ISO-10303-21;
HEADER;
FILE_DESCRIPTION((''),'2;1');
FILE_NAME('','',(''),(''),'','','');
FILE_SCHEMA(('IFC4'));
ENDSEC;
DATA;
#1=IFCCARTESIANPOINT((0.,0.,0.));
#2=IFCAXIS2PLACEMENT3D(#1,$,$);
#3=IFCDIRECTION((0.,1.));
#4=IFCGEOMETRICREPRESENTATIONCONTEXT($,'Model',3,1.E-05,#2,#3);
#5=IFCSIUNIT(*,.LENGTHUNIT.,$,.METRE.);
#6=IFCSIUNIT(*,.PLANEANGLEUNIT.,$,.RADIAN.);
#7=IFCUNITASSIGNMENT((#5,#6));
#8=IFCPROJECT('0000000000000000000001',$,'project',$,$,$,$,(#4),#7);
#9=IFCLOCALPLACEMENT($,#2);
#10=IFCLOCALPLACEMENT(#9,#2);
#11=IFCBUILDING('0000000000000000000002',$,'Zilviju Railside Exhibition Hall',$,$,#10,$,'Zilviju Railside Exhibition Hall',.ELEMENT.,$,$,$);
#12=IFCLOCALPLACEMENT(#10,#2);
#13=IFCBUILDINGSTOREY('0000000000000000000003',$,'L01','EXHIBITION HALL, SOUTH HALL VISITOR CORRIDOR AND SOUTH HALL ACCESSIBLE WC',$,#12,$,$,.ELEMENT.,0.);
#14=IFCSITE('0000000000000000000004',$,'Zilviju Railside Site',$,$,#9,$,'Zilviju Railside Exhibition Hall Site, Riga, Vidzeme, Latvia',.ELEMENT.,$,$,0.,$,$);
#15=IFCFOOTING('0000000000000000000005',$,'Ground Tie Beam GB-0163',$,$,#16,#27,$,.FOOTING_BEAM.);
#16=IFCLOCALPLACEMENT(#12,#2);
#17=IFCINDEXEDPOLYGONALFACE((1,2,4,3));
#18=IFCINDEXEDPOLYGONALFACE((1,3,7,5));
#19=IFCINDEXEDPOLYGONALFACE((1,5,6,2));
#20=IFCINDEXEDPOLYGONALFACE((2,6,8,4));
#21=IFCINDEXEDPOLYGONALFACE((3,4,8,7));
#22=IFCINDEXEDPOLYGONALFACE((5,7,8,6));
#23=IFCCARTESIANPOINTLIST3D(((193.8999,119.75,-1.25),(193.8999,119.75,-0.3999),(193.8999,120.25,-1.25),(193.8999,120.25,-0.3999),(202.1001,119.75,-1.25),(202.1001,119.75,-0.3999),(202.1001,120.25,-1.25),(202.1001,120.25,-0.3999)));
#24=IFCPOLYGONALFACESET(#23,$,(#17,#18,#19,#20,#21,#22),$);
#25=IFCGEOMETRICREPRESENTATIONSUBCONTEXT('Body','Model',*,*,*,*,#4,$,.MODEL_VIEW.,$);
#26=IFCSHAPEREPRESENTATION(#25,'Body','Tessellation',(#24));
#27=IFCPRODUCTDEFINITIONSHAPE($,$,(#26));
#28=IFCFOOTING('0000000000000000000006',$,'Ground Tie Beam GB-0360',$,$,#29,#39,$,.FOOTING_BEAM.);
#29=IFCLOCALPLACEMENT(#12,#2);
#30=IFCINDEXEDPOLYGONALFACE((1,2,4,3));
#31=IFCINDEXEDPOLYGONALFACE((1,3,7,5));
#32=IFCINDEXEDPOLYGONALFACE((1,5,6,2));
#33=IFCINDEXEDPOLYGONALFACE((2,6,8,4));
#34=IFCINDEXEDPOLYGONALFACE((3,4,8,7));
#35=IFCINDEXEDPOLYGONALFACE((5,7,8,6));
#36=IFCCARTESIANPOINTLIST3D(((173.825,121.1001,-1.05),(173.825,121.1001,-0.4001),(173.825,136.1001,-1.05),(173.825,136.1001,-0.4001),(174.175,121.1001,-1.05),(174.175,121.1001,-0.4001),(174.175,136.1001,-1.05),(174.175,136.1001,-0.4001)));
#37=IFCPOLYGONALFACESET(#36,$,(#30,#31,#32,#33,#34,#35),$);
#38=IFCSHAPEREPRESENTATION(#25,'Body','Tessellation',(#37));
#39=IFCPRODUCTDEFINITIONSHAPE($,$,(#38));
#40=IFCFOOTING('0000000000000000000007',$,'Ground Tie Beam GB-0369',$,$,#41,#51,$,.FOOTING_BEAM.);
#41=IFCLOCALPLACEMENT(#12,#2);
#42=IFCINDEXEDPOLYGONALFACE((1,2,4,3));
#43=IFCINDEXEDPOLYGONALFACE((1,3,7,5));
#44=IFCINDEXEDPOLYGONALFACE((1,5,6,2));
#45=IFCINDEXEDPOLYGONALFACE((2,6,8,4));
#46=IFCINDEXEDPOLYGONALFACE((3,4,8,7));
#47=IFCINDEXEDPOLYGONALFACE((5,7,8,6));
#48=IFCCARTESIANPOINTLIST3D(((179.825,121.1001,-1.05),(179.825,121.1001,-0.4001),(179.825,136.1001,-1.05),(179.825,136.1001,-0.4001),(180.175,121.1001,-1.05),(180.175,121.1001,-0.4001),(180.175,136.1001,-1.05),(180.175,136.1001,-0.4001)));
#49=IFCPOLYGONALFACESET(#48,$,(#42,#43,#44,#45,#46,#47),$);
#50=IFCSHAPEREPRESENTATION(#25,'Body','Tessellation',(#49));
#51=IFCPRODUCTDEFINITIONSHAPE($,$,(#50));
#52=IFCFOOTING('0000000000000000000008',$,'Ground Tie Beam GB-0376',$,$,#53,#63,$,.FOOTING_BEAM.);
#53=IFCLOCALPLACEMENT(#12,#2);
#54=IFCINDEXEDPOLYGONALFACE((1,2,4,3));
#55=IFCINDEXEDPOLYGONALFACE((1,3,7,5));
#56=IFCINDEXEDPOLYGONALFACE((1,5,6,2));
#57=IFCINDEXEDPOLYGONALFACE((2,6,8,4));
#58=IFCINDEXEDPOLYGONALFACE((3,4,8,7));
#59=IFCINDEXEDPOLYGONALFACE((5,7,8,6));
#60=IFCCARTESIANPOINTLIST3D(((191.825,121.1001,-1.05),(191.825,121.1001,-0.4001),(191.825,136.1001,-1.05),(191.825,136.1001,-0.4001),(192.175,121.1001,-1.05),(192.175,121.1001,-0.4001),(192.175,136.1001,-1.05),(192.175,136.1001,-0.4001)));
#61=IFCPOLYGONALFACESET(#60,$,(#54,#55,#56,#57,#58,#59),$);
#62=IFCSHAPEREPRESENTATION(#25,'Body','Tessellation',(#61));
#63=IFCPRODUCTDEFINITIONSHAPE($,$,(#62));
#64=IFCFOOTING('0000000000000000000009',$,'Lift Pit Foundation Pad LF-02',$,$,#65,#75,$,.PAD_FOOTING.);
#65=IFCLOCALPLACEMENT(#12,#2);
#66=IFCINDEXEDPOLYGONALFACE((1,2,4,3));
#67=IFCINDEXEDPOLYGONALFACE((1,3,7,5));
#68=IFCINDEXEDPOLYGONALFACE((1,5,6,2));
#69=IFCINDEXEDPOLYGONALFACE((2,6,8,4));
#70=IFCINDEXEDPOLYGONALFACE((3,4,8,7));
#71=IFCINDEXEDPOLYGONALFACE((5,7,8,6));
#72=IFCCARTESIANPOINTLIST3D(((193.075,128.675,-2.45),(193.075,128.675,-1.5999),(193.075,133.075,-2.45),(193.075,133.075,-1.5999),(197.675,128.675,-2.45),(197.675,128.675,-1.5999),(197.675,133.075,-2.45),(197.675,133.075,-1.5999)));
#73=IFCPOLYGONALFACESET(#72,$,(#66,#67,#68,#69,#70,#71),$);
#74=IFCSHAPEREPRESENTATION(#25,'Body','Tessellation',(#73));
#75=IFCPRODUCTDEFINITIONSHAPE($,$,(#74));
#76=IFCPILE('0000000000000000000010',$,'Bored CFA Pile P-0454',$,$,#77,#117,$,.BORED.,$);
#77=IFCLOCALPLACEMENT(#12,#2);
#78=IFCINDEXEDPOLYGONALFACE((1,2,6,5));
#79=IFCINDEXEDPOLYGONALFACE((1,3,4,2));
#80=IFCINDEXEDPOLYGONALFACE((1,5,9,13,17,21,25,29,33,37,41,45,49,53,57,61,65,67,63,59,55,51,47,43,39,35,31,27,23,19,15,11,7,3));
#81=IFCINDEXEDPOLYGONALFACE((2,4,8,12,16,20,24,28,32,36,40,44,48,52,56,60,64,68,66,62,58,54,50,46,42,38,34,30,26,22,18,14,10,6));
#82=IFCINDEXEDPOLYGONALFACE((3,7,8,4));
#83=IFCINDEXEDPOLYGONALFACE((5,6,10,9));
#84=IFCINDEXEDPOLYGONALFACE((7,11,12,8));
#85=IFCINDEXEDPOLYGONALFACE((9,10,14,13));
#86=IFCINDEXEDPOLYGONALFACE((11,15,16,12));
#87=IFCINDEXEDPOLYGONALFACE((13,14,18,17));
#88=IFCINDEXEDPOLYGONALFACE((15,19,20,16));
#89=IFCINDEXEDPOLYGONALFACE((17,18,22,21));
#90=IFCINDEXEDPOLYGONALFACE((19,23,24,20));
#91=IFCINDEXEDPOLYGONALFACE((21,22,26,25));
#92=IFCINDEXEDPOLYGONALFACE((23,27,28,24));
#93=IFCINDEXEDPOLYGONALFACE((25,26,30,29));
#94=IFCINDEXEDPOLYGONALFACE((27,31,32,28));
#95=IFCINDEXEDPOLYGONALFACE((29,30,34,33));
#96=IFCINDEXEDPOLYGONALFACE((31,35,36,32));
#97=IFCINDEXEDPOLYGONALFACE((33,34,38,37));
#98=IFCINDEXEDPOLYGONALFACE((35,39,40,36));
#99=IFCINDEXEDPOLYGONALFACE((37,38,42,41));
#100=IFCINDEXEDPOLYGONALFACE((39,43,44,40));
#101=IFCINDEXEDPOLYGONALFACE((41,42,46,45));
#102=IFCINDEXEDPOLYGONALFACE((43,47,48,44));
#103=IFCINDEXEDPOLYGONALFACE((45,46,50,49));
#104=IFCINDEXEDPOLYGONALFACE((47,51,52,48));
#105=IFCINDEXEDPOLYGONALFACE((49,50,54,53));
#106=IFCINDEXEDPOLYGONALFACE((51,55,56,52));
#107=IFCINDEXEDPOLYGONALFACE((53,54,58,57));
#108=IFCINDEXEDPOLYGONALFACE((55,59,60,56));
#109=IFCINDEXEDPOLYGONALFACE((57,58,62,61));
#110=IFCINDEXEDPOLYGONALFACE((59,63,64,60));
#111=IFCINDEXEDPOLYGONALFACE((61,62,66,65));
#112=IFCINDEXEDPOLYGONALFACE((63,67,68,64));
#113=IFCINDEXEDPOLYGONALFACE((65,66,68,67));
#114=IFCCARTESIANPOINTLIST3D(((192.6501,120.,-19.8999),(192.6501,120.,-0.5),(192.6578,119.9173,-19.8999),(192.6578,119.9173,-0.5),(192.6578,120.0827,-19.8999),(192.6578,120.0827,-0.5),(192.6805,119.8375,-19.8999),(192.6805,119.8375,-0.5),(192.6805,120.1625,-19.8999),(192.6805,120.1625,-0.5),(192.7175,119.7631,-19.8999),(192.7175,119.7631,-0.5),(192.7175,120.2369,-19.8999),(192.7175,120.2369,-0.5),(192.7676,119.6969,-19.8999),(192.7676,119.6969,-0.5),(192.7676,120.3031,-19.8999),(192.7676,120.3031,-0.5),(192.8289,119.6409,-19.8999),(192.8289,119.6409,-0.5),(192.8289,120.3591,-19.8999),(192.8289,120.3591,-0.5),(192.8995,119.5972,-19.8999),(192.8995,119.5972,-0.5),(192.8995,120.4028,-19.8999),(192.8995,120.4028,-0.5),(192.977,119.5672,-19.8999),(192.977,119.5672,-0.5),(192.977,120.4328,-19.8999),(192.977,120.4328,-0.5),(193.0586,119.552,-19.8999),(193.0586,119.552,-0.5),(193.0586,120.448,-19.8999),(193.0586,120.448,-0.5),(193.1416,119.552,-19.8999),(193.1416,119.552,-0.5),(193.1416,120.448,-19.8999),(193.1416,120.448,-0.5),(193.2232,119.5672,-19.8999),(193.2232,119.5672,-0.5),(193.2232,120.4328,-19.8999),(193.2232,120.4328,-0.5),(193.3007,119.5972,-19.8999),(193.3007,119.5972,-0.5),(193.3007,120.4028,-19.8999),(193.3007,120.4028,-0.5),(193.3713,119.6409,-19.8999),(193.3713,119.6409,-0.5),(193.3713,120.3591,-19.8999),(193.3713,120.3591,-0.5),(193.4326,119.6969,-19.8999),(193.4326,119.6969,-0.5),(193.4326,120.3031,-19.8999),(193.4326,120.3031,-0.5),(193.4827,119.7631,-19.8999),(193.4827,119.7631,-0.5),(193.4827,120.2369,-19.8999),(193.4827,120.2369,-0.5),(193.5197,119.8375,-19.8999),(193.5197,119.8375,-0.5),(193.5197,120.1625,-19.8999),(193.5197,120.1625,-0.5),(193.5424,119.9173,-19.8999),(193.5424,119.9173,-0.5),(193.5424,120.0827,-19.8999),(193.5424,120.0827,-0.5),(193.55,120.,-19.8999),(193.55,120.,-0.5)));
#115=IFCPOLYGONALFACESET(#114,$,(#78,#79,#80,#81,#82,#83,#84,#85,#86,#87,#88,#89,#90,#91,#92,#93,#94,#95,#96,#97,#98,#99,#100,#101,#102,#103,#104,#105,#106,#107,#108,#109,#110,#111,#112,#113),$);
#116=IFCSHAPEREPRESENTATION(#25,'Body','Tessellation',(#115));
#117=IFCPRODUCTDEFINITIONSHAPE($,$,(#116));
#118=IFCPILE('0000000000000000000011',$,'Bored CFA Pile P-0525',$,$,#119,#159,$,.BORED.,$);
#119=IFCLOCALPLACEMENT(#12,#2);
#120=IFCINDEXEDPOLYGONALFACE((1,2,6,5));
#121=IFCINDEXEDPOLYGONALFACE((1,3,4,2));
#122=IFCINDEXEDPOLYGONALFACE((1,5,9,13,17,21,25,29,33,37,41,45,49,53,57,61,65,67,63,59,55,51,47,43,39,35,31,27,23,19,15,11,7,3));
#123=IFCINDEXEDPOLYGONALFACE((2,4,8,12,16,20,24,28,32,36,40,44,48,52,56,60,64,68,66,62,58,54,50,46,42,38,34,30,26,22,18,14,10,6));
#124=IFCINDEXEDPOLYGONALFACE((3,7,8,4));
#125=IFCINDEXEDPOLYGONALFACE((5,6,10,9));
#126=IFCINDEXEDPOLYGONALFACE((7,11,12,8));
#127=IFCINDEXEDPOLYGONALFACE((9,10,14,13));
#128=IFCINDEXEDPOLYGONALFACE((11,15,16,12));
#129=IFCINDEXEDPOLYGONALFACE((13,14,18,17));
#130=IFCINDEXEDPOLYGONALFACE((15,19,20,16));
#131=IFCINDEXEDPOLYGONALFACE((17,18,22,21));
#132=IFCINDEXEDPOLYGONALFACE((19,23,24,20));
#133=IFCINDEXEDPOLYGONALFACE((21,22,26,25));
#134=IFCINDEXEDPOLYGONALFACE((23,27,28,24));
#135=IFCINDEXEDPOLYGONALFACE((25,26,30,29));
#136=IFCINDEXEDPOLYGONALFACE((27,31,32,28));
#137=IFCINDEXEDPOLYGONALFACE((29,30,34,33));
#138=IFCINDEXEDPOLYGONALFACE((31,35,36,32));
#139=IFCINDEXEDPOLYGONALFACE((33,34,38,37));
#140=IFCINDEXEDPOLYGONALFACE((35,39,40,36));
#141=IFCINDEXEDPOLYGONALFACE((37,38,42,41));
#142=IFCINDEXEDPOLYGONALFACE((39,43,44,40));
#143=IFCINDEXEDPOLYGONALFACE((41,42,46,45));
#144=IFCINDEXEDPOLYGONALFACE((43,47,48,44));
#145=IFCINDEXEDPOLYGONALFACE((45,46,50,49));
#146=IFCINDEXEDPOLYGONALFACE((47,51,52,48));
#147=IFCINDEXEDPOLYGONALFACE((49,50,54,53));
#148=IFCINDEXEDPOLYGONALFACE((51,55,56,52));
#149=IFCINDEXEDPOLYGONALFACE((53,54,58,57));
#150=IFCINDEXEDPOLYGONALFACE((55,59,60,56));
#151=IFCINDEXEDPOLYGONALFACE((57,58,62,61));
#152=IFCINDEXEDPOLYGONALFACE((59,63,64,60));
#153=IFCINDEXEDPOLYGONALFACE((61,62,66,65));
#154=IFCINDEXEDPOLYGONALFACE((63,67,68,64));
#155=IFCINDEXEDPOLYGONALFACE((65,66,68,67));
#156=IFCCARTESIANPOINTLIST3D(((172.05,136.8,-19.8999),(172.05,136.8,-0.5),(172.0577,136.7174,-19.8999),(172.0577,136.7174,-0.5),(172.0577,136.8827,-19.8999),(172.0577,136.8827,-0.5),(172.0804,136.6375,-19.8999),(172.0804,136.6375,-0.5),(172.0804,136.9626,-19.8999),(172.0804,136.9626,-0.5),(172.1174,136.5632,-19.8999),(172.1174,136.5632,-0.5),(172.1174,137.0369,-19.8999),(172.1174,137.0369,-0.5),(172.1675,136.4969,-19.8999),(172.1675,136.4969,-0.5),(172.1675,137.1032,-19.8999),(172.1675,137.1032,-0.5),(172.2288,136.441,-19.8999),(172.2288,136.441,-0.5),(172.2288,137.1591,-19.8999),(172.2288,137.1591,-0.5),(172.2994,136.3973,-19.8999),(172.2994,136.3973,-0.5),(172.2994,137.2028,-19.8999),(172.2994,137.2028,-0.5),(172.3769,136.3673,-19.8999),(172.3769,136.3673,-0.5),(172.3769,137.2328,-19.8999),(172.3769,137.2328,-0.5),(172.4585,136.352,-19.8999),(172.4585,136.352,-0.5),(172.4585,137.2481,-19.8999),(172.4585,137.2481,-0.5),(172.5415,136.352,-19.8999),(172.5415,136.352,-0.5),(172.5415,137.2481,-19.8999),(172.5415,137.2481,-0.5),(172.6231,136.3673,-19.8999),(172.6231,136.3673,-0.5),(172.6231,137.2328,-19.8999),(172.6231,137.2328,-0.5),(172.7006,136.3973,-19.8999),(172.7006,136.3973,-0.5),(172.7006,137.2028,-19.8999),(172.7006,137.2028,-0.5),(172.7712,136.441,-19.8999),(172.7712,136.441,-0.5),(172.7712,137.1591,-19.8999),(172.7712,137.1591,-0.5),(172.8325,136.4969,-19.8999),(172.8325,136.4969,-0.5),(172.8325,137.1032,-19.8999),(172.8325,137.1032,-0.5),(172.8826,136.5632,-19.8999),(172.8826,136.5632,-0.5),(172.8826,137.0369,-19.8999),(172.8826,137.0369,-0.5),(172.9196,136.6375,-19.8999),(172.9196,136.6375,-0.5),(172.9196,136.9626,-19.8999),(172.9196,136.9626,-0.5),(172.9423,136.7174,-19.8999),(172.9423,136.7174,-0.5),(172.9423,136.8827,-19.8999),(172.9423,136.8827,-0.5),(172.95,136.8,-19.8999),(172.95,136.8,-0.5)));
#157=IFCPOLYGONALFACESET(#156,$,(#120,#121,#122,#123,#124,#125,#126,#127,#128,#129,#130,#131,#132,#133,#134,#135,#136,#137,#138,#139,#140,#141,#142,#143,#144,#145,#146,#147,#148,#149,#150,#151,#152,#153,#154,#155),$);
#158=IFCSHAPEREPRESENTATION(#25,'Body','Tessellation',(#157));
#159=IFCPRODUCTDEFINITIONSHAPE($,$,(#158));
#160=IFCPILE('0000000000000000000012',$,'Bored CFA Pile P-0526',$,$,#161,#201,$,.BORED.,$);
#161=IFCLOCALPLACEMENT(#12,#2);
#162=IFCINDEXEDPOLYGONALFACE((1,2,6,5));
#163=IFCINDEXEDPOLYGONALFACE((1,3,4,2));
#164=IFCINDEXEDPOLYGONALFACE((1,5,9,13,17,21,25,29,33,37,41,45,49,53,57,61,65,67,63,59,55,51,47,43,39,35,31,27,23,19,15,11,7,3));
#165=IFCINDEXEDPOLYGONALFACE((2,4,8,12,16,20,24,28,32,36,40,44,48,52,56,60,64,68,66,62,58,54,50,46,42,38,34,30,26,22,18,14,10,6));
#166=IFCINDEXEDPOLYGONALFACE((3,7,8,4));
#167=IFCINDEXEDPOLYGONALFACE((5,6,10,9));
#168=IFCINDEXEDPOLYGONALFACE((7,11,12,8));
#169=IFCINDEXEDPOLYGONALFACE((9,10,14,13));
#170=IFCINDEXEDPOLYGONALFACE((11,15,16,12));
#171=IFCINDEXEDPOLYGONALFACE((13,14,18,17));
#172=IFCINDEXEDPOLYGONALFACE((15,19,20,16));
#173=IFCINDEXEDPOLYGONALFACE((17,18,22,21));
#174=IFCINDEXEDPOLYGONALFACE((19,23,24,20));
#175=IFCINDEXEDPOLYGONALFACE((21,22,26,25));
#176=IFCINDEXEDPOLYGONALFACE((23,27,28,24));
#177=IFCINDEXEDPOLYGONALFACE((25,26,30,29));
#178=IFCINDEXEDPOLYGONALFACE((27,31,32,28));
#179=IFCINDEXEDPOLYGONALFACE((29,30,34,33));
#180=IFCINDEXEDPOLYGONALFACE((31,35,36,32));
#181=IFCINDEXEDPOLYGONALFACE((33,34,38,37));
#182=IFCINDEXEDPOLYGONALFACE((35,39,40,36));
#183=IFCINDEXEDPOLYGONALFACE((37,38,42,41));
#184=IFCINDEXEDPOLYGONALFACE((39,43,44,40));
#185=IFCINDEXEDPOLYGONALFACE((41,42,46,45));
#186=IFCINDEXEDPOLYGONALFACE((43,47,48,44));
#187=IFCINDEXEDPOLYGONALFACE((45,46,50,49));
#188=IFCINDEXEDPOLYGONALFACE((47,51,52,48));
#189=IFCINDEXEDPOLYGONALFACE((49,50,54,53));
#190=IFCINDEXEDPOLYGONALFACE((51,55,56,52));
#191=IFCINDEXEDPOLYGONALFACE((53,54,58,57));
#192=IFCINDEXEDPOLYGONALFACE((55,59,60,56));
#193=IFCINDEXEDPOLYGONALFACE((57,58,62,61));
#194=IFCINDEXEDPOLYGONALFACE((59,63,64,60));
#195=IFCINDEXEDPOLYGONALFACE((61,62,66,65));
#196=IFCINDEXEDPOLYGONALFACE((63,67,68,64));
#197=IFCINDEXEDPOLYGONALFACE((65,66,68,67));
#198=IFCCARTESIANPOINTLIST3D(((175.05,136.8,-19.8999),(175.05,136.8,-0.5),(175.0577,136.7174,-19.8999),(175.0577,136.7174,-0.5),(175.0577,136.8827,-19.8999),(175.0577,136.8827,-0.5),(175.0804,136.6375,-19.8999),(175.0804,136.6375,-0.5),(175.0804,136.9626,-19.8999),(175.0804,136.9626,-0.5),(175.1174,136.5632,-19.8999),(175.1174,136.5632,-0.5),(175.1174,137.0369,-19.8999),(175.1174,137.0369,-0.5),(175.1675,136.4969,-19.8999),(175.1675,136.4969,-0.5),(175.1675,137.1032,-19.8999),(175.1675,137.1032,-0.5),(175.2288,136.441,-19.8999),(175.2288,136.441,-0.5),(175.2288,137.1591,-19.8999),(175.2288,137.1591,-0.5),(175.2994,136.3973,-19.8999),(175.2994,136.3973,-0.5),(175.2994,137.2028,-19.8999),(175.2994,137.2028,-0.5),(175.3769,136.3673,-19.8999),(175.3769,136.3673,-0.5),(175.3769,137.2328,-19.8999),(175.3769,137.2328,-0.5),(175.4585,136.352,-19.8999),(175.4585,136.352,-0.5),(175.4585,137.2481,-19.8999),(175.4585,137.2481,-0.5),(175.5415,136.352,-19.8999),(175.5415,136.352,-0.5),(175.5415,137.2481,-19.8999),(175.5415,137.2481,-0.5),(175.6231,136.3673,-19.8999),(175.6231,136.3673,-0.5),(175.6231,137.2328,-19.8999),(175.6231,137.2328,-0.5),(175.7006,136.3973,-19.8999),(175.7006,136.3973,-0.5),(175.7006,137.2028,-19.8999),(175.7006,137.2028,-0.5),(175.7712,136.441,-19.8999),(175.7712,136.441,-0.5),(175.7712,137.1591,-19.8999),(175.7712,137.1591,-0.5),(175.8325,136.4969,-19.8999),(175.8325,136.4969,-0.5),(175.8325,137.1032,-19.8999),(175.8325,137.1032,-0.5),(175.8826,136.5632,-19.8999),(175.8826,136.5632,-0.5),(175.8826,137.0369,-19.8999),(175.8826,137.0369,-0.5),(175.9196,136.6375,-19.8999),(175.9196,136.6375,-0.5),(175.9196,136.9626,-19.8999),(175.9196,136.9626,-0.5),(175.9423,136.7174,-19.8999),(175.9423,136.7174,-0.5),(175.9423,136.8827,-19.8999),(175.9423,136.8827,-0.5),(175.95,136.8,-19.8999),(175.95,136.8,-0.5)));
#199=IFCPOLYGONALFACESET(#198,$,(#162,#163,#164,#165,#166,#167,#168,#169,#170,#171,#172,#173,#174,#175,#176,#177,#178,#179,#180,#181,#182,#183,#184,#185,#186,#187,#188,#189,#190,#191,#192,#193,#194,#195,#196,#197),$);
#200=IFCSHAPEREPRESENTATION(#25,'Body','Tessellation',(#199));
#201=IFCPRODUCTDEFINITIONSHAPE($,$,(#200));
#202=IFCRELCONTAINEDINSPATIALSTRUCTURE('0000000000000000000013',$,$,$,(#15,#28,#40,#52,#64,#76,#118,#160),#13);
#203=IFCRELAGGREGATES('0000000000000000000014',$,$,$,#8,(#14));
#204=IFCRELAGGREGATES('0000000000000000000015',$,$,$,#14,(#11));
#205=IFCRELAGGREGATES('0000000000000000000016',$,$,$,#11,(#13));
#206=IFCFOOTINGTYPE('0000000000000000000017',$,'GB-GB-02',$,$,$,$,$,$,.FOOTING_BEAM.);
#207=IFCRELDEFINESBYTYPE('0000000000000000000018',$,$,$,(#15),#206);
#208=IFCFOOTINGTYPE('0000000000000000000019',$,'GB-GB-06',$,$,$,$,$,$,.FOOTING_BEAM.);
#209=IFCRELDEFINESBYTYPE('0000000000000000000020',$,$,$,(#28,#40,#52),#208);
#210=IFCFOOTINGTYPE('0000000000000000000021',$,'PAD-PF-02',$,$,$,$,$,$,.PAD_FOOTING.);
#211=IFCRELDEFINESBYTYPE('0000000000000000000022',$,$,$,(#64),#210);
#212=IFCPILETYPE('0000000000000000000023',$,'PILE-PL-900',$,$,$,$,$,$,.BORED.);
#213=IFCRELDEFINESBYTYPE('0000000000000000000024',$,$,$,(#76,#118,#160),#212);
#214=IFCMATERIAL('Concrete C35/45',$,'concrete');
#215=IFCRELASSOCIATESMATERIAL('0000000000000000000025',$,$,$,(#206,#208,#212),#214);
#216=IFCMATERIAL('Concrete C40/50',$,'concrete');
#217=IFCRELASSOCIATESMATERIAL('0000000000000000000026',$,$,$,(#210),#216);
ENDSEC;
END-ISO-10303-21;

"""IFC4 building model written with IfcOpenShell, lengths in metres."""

from ifc_helpers import new_model, si_unit, direction, frame, origin, origin_2d, place, context, subcontext, project, spatial, rectangle, circle, extrude, material, material_profile, profile_set, type_object, element, save


model = new_model("IFC4")

# Units and contexts
model_context = context("Model", 3, precision=1e-05, world=origin(), true_north=direction((0.0, 1.0)))
body_context = subcontext(model_context, "Body", "Model", "MODEL_VIEW")
ifc_project = project(units=[si_unit("LENGTHUNIT", "METRE"), si_unit("PLANEANGLEUNIT", "RADIAN")], contexts=[model_context])

# Site, building, storey
site_placement = place(None, origin())
site = spatial("IfcSite", under=ifc_project, at=site_placement, Name="Zilviju Railside Site", LongName="Zilviju Railside Exhibition Hall Site, Riga, Vidzeme, Latvia", CompositionType="ELEMENT", RefElevation=0.0)
building_placement = place(site_placement, origin())
building = spatial("IfcBuilding", under=site, at=building_placement, Name="Zilviju Railside Exhibition Hall", LongName="Zilviju Railside Exhibition Hall", CompositionType="ELEMENT")
storey_placement = place(building_placement, origin())
storey = spatial("IfcBuildingStorey", under=building, at=storey_placement, Name="L01", Description="EXHIBITION HALL, SOUTH HALL VISITOR CORRIDOR AND SOUTH HALL ACCESSIBLE WC", CompositionType="ELEMENT", Elevation=0.0)

# Footings
ifc_material_1 = material(Name="Concrete C35/45", Category="concrete")
ifc_material_profile_1 = material_profile(ifc_material_1, rectangle(XDim=0.5, YDim=0.8501, at=origin_2d()), Name="TIE BEAM 500x850")
ifc_profile_set_1 = profile_set([ifc_material_profile_1], Name="Concrete C35/45")
footing_type_1 = type_object("IfcFootingType", Name="GB-GB-02", PredefinedType="FOOTING_BEAM", material=ifc_profile_set_1)
footing_1_placement = place(storey_placement, frame((193.8999, 120.0, -0.825), z_axis=(1.0, 0.0, 0.0), x_axis=(0.0, 1.0, 0.0)))
element("IfcFooting", 1, at=footing_1_placement, inside=storey, type_object=footing_type_1, Name="Ground Tie Beam GB-0163", PredefinedType="FOOTING_BEAM", context=body_context, shape_type="SweptSolid", body=[
    extrude(rectangle(XDim=0.5, YDim=0.8501, at=origin_2d()), origin(), (0.0, 0.0, 1.0), 8.2002),
])
ifc_material_profile_2 = material_profile(ifc_material_1, rectangle(XDim=0.3501, YDim=0.6499, at=origin_2d()), Name="TIE BEAM 350x650")
ifc_profile_set_2 = profile_set([ifc_material_profile_2], Name="Concrete C35/45")
footing_type_2 = type_object("IfcFootingType", Name="GB-GB-06", PredefinedType="FOOTING_BEAM", material=ifc_profile_set_2)
for number, where, z_axis, x_axis, name in (
    (2, (174.0, 121.1001, -0.7251), (0.0, 1.0, 0.0), (-1.0, 0.0, 0.0), "Ground Tie Beam GB-0360"),
    (3, (180.0, 121.1001, -0.7251), (0.0, 1.0, 0.0), (-1.0, 0.0, 0.0), "Ground Tie Beam GB-0369"),
    (4, (192.0, 121.1001, -0.7251), (0.0, 1.0, 0.0), (-1.0, 0.0, 0.0), "Ground Tie Beam GB-0376"),
):
    element("IfcFooting", number, at=place(storey_placement, frame(where, z_axis=z_axis, x_axis=x_axis)), inside=storey, type_object=footing_type_2, Name=name, PredefinedType="FOOTING_BEAM", context=body_context, shape_type="SweptSolid", body=[
        extrude(rectangle(XDim=0.3501, YDim=0.6499, at=origin_2d()), origin(), (0.0, 0.0, 1.0), 15.0),
    ])
ifc_material_2 = material(Name="Concrete C40/50", Category="concrete")
footing_type_3 = type_object("IfcFootingType", Name="PAD-PF-02", PredefinedType="PAD_FOOTING", material=ifc_material_2)
footing_2_placement = place(storey_placement, frame((195.375, 130.875, -2.45), z_axis=(0.0, 0.0, 1.0), x_axis=(1.0, 0.0, 0.0)))
element("IfcFooting", 5, at=footing_2_placement, inside=storey, type_object=footing_type_3, Name="Lift Pit Foundation Pad LF-02", PredefinedType="PAD_FOOTING", context=body_context, shape_type="SweptSolid", body=[
    extrude(rectangle(XDim=4.6001, YDim=4.3999, at=origin_2d()), origin(), (0.0, 0.0, 1.0), 0.8501),
])

# Piles
ifc_material_profile_3 = material_profile(ifc_material_1, circle(Radius=0.45, at=origin_2d()), Name="CFA PILE D900")
ifc_profile_set_3 = profile_set([ifc_material_profile_3], Name="Concrete C35/45")
pile_type = type_object("IfcPileType", Name="PILE-PL-900", PredefinedType="BORED", material=ifc_profile_set_3)
for number, where, z_axis, x_axis, name in (
    (6, (193.1001, 120.0, -0.5), (0.0, 0.0, -1.0), (1.0, 0.0, 0.0), "Bored CFA Pile P-0454"),
    (7, (172.5, 136.8, -0.5), (0.0, 0.0, -1.0), (1.0, 0.0, 0.0), "Bored CFA Pile P-0525"),
    (8, (175.5, 136.8, -0.5), (0.0, 0.0, -1.0), (1.0, 0.0, 0.0), "Bored CFA Pile P-0526"),
):
    element("IfcPile", number, at=place(storey_placement, frame(where, z_axis=z_axis, x_axis=x_axis)), inside=storey, type_object=pile_type, Name=name, PredefinedType="BORED", context=body_context, shape_type="SweptSolid", body=[
        extrude(circle(Radius=0.45, at=origin_2d()), origin(), (0.0, 0.0, 1.0), 19.3999),
    ])

save(model, "model.ifc")
